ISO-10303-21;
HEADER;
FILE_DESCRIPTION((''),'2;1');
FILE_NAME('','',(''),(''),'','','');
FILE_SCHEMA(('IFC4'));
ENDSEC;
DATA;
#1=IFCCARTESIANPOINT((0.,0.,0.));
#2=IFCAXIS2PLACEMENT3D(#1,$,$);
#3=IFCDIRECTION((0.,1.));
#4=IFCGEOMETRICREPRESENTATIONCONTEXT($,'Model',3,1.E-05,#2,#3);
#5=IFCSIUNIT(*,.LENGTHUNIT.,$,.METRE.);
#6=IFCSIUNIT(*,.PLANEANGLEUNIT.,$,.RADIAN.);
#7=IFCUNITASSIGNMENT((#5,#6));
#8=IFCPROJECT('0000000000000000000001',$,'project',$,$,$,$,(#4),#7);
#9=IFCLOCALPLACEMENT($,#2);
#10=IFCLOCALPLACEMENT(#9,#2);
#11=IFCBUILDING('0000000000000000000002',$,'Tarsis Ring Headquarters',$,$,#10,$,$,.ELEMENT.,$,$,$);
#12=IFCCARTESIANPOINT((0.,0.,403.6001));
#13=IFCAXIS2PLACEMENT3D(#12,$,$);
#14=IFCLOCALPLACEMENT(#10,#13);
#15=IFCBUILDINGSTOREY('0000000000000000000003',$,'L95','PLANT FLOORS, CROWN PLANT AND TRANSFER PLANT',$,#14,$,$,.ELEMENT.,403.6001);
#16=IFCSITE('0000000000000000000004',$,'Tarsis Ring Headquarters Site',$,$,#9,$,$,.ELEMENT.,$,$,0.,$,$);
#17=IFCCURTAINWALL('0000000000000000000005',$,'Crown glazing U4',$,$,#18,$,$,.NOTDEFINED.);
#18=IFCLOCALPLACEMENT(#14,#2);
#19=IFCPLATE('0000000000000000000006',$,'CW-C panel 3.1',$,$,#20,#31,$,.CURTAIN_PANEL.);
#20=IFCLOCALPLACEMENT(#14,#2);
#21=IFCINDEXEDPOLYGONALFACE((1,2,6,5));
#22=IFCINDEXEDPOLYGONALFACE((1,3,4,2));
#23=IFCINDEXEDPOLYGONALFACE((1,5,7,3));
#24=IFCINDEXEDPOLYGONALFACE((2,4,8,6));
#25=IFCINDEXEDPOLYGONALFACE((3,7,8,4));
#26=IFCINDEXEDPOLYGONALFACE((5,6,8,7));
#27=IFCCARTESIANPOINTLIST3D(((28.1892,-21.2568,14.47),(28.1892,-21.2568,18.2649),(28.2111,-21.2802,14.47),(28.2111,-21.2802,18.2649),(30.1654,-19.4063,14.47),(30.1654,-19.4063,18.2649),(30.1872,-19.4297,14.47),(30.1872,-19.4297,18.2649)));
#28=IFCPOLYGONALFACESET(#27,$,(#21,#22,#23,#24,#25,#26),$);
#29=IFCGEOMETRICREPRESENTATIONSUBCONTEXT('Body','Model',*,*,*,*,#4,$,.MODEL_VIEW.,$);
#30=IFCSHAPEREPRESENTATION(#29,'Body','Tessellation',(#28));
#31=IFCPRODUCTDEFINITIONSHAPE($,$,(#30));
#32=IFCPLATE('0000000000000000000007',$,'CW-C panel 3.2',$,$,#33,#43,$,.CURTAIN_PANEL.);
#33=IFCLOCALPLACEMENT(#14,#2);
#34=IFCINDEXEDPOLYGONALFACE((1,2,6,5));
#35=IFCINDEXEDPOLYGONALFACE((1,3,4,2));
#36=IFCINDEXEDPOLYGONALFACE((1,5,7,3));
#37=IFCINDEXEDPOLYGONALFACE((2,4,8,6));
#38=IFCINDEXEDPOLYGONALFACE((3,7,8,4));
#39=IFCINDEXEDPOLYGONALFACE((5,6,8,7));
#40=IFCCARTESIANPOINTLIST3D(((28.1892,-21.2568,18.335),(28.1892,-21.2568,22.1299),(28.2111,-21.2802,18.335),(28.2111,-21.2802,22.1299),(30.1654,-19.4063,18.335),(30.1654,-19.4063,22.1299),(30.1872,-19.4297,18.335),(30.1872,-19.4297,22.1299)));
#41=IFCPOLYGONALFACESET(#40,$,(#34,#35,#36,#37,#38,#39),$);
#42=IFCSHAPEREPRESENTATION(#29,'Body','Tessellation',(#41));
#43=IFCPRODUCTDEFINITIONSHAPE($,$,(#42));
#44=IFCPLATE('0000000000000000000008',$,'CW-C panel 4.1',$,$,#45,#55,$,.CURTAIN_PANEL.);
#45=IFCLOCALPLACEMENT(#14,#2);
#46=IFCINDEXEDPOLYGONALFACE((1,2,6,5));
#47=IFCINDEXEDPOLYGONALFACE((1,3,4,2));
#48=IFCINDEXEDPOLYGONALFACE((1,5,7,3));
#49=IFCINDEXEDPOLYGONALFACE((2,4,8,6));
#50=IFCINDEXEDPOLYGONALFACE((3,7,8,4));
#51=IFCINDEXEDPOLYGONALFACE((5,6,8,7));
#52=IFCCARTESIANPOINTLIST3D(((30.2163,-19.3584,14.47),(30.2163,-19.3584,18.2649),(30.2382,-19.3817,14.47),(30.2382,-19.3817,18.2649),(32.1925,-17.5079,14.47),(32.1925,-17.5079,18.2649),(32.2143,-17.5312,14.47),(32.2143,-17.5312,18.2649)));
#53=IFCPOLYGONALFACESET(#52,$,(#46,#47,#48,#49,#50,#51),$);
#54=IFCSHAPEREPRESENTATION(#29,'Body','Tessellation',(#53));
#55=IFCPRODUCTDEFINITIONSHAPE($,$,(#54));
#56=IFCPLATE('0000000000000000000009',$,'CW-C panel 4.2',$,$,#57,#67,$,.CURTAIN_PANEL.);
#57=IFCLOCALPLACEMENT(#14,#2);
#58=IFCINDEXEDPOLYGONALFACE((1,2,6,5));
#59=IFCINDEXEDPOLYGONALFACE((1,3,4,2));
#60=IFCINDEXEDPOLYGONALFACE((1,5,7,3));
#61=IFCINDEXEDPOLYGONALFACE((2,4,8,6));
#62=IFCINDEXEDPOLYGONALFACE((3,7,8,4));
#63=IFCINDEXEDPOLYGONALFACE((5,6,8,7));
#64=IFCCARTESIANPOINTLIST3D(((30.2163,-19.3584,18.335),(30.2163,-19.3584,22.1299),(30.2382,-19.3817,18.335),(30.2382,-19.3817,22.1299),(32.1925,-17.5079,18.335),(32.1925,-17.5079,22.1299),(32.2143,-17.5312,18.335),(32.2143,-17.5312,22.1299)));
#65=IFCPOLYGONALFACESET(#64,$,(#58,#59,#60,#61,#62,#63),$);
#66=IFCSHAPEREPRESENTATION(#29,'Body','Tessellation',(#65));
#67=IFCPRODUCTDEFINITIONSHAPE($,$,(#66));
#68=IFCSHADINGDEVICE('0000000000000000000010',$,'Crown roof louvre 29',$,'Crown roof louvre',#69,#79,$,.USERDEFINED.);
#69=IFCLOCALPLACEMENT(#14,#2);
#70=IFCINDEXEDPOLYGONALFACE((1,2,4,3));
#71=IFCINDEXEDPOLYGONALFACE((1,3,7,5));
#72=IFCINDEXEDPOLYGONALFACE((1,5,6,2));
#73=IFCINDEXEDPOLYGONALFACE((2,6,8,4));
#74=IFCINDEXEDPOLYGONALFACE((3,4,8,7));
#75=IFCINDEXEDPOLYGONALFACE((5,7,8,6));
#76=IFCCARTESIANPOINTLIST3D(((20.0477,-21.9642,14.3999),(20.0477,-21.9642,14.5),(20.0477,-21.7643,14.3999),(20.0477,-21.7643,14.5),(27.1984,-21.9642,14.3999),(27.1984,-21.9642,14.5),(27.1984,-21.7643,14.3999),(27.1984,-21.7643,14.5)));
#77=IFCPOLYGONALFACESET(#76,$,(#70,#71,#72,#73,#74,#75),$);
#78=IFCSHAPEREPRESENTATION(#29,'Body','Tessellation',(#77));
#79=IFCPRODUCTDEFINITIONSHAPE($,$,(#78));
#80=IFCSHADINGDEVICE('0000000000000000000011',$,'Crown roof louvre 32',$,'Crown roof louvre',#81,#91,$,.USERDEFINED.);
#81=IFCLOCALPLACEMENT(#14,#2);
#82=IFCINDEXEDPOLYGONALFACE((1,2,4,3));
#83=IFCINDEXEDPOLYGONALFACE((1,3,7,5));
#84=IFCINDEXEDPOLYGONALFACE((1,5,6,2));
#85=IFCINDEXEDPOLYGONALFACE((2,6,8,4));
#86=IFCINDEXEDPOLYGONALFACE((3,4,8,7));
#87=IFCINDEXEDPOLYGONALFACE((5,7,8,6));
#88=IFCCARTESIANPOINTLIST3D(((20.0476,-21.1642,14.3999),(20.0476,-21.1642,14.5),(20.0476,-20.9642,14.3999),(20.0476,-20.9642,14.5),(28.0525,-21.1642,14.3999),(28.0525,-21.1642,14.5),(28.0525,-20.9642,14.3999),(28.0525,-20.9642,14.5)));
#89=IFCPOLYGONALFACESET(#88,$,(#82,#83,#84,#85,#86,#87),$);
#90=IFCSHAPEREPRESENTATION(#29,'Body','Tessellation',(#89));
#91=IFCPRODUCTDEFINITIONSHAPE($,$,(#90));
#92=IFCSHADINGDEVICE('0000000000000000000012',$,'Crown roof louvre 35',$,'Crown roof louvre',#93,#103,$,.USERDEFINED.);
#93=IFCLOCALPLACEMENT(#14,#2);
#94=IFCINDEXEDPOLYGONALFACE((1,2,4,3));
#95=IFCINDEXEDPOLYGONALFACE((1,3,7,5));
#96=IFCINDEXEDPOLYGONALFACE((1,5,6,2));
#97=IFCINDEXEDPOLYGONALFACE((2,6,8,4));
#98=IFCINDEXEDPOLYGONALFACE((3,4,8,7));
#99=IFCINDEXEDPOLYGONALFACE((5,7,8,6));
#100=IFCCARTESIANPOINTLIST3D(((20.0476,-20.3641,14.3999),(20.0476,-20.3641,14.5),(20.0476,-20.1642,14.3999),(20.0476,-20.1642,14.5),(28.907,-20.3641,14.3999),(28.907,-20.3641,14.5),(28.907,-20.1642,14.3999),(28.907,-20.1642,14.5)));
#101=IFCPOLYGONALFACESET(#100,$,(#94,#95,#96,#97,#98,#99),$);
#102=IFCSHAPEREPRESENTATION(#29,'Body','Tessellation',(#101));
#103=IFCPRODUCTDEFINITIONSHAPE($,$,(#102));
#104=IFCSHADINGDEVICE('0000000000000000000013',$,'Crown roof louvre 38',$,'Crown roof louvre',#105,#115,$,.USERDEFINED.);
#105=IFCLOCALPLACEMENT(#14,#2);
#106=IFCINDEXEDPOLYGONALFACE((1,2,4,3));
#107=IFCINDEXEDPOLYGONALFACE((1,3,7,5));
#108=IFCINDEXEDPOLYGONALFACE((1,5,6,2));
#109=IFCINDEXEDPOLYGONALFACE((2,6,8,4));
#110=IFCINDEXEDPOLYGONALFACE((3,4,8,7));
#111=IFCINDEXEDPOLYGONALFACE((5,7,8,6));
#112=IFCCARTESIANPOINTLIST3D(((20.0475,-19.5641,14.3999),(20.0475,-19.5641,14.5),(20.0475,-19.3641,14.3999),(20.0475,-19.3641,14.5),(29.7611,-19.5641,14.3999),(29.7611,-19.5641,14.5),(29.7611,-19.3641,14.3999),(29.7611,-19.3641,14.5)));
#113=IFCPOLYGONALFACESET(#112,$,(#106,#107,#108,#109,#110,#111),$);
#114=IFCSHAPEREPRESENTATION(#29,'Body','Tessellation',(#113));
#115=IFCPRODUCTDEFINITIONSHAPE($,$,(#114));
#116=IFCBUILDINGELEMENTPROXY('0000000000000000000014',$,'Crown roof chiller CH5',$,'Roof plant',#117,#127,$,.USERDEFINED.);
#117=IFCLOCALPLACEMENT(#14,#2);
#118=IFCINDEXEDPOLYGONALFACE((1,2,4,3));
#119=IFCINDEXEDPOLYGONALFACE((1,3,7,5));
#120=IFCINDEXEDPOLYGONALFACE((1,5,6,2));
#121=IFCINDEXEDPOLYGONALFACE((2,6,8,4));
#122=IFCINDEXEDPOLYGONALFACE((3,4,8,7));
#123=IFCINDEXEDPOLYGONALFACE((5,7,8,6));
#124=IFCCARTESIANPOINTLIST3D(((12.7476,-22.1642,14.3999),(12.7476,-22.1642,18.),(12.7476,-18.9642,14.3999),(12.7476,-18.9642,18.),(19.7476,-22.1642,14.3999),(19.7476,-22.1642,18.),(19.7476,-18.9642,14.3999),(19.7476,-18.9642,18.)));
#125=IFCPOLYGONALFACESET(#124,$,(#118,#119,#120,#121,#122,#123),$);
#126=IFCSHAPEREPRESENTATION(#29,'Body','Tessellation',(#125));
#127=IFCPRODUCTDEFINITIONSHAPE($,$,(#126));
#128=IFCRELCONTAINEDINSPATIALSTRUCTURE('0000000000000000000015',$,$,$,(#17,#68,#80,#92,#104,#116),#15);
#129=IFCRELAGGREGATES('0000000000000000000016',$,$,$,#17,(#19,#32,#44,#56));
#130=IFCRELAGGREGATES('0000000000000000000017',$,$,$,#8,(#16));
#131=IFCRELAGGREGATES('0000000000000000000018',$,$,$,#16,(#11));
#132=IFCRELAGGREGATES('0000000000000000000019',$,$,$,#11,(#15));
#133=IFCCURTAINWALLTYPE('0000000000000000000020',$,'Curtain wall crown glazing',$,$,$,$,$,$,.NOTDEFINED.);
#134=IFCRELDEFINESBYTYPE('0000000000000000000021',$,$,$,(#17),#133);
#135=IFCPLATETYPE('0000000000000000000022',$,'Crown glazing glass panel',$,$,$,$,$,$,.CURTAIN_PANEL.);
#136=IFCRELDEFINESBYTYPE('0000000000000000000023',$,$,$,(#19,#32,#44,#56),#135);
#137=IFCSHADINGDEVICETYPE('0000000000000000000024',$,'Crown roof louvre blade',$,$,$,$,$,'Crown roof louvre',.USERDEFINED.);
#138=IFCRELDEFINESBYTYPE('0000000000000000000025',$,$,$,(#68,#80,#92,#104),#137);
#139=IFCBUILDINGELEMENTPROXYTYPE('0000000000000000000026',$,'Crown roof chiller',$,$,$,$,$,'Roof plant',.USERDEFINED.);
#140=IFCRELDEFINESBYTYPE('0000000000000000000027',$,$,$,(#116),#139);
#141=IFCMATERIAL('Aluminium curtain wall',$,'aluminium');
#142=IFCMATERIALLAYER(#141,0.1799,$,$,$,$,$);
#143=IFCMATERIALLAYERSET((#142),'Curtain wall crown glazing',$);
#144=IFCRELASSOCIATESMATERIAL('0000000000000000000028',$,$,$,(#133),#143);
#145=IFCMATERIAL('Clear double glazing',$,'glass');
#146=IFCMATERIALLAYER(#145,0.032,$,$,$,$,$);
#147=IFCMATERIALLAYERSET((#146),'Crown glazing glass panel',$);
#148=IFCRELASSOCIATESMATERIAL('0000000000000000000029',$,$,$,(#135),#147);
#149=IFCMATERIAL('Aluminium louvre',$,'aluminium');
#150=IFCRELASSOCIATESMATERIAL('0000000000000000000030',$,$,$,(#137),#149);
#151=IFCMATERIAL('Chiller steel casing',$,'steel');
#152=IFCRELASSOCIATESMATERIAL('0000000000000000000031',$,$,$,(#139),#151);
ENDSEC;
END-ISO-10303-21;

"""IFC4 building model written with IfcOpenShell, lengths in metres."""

from ifc_helpers import new_model, si_unit, direction, frame, origin, origin_2d, place, context, subcontext, project, spatial, rectangle, extrude, material, layer, layer_set, type_object, element, aggregate, save


model = new_model("IFC4")

# Units and contexts
model_context = context("Model", 3, precision=1e-05, world=origin(), true_north=direction((0.0, 1.0)))
body_context = subcontext(model_context, "Body", "Model", "MODEL_VIEW")
ifc_project = project(units=[si_unit("LENGTHUNIT", "METRE"), si_unit("PLANEANGLEUNIT", "RADIAN")], contexts=[model_context])

# Site, building, storey
site_placement = place(None, origin())
site = spatial("IfcSite", under=ifc_project, at=site_placement, Name="Tarsis Ring Headquarters Site", CompositionType="ELEMENT", RefElevation=0.0)
building_placement = place(site_placement, origin())
building = spatial("IfcBuilding", under=site, at=building_placement, Name="Tarsis Ring Headquarters", CompositionType="ELEMENT")
storey_placement = place(building_placement, frame((0.0, 0.0, 403.6001)))
storey = spatial("IfcBuildingStorey", under=building, at=storey_placement, Name="L95", Description="PLANT FLOORS, CROWN PLANT AND TRANSFER PLANT", CompositionType="ELEMENT", Elevation=403.6001)

# Curtain wall, plates
ifc_material_1 = material(Name="Aluminium curtain wall", Category="aluminium")
ifc_layer_1 = layer(ifc_material_1, 0.1799)
ifc_layer_set_1 = layer_set([ifc_layer_1], Name="Curtain wall crown glazing")
curtain_wall_type = type_object("IfcCurtainWallType", Name="Curtain wall crown glazing", PredefinedType="NOTDEFINED", material=ifc_layer_set_1)
curtain_wall_placement = place(storey_placement, origin())
curtain_wall = element("IfcCurtainWall", 1, at=curtain_wall_placement, inside=storey, type_object=curtain_wall_type, Name="Crown glazing U4", PredefinedType="NOTDEFINED")
ifc_material_2 = material(Name="Clear double glazing", Category="glass")
ifc_layer_2 = layer(ifc_material_2, 0.032)
ifc_layer_set_2 = layer_set([ifc_layer_2], Name="Crown glazing glass panel")
plate_type = type_object("IfcPlateType", Name="Crown glazing glass panel", PredefinedType="CURTAIN_PANEL", material=ifc_layer_set_2)
plate_1_placement = place(storey_placement, frame((29.1882, -20.3433, 14.47), z_axis=(0.0, 0.0, 1.0), x_axis=(0.729924, 0.683529, 0.0)))
plate_1 = element("IfcPlate", 2, at=plate_1_placement, type_object=plate_type, Name="CW-C panel 3.1", PredefinedType="CURTAIN_PANEL", context=body_context, shape_type="SweptSolid", body=[
    extrude(rectangle(XDim=2.7073, YDim=0.032, at=origin_2d()), origin(), (0.0, 0.0, 1.0), 3.7949),
])
plate_2_placement = place(storey_placement, frame((29.1882, -20.3433, 18.335), z_axis=(0.0, 0.0, 1.0), x_axis=(0.729924, 0.683529, 0.0)))
plate_2 = element("IfcPlate", 3, at=plate_2_placement, type_object=plate_type, Name="CW-C panel 3.2", PredefinedType="CURTAIN_PANEL", context=body_context, shape_type="SweptSolid", body=[
    extrude(rectangle(XDim=2.7073, YDim=0.032, at=origin_2d()), origin(), (0.0, 0.0, 1.0), 3.7949),
])
plate_3_placement = place(storey_placement, frame((31.2153, -18.4448, 14.47), z_axis=(0.0, 0.0, 1.0), x_axis=(0.729924, 0.683529, 0.0)))
plate_3 = element("IfcPlate", 4, at=plate_3_placement, type_object=plate_type, Name="CW-C panel 4.1", PredefinedType="CURTAIN_PANEL", context=body_context, shape_type="SweptSolid", body=[
    extrude(rectangle(XDim=2.7073, YDim=0.032, at=origin_2d()), origin(), (0.0, 0.0, 1.0), 3.7949),
])
plate_4_placement = place(storey_placement, frame((31.2153, -18.4448, 18.335), z_axis=(0.0, 0.0, 1.0), x_axis=(0.729924, 0.683529, 0.0)))
plate_4 = element("IfcPlate", 5, at=plate_4_placement, type_object=plate_type, Name="CW-C panel 4.2", PredefinedType="CURTAIN_PANEL", context=body_context, shape_type="SweptSolid", body=[
    extrude(rectangle(XDim=2.7073, YDim=0.032, at=origin_2d()), origin(), (0.0, 0.0, 1.0), 3.7949),
])
aggregate(curtain_wall, [plate_1, plate_2, plate_3, plate_4])

# Shading devices
ifc_material_3 = material(Name="Aluminium louvre", Category="aluminium")
shading_device_type = type_object("IfcShadingDeviceType", Name="Crown roof louvre blade", ElementType="Crown roof louvre", PredefinedType="USERDEFINED", material=ifc_material_3)
shading_device_1_placement = place(storey_placement, frame((23.623, -21.8643, 14.3999), z_axis=(0.0, 0.0, 1.0), x_axis=(1.0, 0.0, 0.0)))
element("IfcShadingDevice", 6, at=shading_device_1_placement, inside=storey, type_object=shading_device_type, Name="Crown roof louvre 29", ObjectType="Crown roof louvre", PredefinedType="USERDEFINED", context=body_context, shape_type="SweptSolid", body=[
    extrude(rectangle(XDim=7.1506, YDim=0.2, at=origin_2d()), origin(), (0.0, 0.0, 1.0), 0.1001),
])
shading_device_2_placement = place(storey_placement, frame((24.05, -21.0642, 14.3999), z_axis=(0.0, 0.0, 1.0), x_axis=(1.0, 0.0, 0.0)))
element("IfcShadingDevice", 7, at=shading_device_2_placement, inside=storey, type_object=shading_device_type, Name="Crown roof louvre 32", ObjectType="Crown roof louvre", PredefinedType="USERDEFINED", context=body_context, shape_type="SweptSolid", body=[
    extrude(rectangle(XDim=8.0049, YDim=0.2, at=origin_2d()), origin(), (0.0, 0.0, 1.0), 0.1001),
])
shading_device_3_placement = place(storey_placement, frame((24.4773, -20.2642, 14.3999), z_axis=(0.0, 0.0, 1.0), x_axis=(1.0, 0.0, 0.0)))
element("IfcShadingDevice", 8, at=shading_device_3_placement, inside=storey, type_object=shading_device_type, Name="Crown roof louvre 35", ObjectType="Crown roof louvre", PredefinedType="USERDEFINED", context=body_context, shape_type="SweptSolid", body=[
    extrude(rectangle(XDim=8.8594, YDim=0.2, at=origin_2d()), origin(), (0.0, 0.0, 1.0), 0.1001),
])
shading_device_4_placement = place(storey_placement, frame((24.9043, -19.4641, 14.3999), z_axis=(0.0, 0.0, 1.0), x_axis=(1.0, 0.0, 0.0)))
element("IfcShadingDevice", 9, at=shading_device_4_placement, inside=storey, type_object=shading_device_type, Name="Crown roof louvre 38", ObjectType="Crown roof louvre", PredefinedType="USERDEFINED", context=body_context, shape_type="SweptSolid", body=[
    extrude(rectangle(XDim=9.7136, YDim=0.2, at=origin_2d()), origin(), (0.0, 0.0, 1.0), 0.1001),
])

# Building element proxy
ifc_material_4 = material(Name="Chiller steel casing", Category="steel")
building_element_proxy_type = type_object("IfcBuildingElementProxyType", Name="Crown roof chiller", ElementType="Roof plant", PredefinedType="USERDEFINED", material=ifc_material_4)
proxy_placement = place(storey_placement, frame((16.2476, -20.5642, 14.3999), z_axis=(0.0, 0.0, 1.0), x_axis=(1.0, 0.0, 0.0)))
element("IfcBuildingElementProxy", 10, at=proxy_placement, inside=storey, type_object=building_element_proxy_type, Name="Crown roof chiller CH5", ObjectType="Roof plant", PredefinedType="USERDEFINED", context=body_context, shape_type="SweptSolid", body=[
    extrude(rectangle(XDim=7.0, YDim=3.2, at=origin_2d()), origin(), (0.0, 0.0, 1.0), 3.6001),
])

save(model, "model.ifc")
